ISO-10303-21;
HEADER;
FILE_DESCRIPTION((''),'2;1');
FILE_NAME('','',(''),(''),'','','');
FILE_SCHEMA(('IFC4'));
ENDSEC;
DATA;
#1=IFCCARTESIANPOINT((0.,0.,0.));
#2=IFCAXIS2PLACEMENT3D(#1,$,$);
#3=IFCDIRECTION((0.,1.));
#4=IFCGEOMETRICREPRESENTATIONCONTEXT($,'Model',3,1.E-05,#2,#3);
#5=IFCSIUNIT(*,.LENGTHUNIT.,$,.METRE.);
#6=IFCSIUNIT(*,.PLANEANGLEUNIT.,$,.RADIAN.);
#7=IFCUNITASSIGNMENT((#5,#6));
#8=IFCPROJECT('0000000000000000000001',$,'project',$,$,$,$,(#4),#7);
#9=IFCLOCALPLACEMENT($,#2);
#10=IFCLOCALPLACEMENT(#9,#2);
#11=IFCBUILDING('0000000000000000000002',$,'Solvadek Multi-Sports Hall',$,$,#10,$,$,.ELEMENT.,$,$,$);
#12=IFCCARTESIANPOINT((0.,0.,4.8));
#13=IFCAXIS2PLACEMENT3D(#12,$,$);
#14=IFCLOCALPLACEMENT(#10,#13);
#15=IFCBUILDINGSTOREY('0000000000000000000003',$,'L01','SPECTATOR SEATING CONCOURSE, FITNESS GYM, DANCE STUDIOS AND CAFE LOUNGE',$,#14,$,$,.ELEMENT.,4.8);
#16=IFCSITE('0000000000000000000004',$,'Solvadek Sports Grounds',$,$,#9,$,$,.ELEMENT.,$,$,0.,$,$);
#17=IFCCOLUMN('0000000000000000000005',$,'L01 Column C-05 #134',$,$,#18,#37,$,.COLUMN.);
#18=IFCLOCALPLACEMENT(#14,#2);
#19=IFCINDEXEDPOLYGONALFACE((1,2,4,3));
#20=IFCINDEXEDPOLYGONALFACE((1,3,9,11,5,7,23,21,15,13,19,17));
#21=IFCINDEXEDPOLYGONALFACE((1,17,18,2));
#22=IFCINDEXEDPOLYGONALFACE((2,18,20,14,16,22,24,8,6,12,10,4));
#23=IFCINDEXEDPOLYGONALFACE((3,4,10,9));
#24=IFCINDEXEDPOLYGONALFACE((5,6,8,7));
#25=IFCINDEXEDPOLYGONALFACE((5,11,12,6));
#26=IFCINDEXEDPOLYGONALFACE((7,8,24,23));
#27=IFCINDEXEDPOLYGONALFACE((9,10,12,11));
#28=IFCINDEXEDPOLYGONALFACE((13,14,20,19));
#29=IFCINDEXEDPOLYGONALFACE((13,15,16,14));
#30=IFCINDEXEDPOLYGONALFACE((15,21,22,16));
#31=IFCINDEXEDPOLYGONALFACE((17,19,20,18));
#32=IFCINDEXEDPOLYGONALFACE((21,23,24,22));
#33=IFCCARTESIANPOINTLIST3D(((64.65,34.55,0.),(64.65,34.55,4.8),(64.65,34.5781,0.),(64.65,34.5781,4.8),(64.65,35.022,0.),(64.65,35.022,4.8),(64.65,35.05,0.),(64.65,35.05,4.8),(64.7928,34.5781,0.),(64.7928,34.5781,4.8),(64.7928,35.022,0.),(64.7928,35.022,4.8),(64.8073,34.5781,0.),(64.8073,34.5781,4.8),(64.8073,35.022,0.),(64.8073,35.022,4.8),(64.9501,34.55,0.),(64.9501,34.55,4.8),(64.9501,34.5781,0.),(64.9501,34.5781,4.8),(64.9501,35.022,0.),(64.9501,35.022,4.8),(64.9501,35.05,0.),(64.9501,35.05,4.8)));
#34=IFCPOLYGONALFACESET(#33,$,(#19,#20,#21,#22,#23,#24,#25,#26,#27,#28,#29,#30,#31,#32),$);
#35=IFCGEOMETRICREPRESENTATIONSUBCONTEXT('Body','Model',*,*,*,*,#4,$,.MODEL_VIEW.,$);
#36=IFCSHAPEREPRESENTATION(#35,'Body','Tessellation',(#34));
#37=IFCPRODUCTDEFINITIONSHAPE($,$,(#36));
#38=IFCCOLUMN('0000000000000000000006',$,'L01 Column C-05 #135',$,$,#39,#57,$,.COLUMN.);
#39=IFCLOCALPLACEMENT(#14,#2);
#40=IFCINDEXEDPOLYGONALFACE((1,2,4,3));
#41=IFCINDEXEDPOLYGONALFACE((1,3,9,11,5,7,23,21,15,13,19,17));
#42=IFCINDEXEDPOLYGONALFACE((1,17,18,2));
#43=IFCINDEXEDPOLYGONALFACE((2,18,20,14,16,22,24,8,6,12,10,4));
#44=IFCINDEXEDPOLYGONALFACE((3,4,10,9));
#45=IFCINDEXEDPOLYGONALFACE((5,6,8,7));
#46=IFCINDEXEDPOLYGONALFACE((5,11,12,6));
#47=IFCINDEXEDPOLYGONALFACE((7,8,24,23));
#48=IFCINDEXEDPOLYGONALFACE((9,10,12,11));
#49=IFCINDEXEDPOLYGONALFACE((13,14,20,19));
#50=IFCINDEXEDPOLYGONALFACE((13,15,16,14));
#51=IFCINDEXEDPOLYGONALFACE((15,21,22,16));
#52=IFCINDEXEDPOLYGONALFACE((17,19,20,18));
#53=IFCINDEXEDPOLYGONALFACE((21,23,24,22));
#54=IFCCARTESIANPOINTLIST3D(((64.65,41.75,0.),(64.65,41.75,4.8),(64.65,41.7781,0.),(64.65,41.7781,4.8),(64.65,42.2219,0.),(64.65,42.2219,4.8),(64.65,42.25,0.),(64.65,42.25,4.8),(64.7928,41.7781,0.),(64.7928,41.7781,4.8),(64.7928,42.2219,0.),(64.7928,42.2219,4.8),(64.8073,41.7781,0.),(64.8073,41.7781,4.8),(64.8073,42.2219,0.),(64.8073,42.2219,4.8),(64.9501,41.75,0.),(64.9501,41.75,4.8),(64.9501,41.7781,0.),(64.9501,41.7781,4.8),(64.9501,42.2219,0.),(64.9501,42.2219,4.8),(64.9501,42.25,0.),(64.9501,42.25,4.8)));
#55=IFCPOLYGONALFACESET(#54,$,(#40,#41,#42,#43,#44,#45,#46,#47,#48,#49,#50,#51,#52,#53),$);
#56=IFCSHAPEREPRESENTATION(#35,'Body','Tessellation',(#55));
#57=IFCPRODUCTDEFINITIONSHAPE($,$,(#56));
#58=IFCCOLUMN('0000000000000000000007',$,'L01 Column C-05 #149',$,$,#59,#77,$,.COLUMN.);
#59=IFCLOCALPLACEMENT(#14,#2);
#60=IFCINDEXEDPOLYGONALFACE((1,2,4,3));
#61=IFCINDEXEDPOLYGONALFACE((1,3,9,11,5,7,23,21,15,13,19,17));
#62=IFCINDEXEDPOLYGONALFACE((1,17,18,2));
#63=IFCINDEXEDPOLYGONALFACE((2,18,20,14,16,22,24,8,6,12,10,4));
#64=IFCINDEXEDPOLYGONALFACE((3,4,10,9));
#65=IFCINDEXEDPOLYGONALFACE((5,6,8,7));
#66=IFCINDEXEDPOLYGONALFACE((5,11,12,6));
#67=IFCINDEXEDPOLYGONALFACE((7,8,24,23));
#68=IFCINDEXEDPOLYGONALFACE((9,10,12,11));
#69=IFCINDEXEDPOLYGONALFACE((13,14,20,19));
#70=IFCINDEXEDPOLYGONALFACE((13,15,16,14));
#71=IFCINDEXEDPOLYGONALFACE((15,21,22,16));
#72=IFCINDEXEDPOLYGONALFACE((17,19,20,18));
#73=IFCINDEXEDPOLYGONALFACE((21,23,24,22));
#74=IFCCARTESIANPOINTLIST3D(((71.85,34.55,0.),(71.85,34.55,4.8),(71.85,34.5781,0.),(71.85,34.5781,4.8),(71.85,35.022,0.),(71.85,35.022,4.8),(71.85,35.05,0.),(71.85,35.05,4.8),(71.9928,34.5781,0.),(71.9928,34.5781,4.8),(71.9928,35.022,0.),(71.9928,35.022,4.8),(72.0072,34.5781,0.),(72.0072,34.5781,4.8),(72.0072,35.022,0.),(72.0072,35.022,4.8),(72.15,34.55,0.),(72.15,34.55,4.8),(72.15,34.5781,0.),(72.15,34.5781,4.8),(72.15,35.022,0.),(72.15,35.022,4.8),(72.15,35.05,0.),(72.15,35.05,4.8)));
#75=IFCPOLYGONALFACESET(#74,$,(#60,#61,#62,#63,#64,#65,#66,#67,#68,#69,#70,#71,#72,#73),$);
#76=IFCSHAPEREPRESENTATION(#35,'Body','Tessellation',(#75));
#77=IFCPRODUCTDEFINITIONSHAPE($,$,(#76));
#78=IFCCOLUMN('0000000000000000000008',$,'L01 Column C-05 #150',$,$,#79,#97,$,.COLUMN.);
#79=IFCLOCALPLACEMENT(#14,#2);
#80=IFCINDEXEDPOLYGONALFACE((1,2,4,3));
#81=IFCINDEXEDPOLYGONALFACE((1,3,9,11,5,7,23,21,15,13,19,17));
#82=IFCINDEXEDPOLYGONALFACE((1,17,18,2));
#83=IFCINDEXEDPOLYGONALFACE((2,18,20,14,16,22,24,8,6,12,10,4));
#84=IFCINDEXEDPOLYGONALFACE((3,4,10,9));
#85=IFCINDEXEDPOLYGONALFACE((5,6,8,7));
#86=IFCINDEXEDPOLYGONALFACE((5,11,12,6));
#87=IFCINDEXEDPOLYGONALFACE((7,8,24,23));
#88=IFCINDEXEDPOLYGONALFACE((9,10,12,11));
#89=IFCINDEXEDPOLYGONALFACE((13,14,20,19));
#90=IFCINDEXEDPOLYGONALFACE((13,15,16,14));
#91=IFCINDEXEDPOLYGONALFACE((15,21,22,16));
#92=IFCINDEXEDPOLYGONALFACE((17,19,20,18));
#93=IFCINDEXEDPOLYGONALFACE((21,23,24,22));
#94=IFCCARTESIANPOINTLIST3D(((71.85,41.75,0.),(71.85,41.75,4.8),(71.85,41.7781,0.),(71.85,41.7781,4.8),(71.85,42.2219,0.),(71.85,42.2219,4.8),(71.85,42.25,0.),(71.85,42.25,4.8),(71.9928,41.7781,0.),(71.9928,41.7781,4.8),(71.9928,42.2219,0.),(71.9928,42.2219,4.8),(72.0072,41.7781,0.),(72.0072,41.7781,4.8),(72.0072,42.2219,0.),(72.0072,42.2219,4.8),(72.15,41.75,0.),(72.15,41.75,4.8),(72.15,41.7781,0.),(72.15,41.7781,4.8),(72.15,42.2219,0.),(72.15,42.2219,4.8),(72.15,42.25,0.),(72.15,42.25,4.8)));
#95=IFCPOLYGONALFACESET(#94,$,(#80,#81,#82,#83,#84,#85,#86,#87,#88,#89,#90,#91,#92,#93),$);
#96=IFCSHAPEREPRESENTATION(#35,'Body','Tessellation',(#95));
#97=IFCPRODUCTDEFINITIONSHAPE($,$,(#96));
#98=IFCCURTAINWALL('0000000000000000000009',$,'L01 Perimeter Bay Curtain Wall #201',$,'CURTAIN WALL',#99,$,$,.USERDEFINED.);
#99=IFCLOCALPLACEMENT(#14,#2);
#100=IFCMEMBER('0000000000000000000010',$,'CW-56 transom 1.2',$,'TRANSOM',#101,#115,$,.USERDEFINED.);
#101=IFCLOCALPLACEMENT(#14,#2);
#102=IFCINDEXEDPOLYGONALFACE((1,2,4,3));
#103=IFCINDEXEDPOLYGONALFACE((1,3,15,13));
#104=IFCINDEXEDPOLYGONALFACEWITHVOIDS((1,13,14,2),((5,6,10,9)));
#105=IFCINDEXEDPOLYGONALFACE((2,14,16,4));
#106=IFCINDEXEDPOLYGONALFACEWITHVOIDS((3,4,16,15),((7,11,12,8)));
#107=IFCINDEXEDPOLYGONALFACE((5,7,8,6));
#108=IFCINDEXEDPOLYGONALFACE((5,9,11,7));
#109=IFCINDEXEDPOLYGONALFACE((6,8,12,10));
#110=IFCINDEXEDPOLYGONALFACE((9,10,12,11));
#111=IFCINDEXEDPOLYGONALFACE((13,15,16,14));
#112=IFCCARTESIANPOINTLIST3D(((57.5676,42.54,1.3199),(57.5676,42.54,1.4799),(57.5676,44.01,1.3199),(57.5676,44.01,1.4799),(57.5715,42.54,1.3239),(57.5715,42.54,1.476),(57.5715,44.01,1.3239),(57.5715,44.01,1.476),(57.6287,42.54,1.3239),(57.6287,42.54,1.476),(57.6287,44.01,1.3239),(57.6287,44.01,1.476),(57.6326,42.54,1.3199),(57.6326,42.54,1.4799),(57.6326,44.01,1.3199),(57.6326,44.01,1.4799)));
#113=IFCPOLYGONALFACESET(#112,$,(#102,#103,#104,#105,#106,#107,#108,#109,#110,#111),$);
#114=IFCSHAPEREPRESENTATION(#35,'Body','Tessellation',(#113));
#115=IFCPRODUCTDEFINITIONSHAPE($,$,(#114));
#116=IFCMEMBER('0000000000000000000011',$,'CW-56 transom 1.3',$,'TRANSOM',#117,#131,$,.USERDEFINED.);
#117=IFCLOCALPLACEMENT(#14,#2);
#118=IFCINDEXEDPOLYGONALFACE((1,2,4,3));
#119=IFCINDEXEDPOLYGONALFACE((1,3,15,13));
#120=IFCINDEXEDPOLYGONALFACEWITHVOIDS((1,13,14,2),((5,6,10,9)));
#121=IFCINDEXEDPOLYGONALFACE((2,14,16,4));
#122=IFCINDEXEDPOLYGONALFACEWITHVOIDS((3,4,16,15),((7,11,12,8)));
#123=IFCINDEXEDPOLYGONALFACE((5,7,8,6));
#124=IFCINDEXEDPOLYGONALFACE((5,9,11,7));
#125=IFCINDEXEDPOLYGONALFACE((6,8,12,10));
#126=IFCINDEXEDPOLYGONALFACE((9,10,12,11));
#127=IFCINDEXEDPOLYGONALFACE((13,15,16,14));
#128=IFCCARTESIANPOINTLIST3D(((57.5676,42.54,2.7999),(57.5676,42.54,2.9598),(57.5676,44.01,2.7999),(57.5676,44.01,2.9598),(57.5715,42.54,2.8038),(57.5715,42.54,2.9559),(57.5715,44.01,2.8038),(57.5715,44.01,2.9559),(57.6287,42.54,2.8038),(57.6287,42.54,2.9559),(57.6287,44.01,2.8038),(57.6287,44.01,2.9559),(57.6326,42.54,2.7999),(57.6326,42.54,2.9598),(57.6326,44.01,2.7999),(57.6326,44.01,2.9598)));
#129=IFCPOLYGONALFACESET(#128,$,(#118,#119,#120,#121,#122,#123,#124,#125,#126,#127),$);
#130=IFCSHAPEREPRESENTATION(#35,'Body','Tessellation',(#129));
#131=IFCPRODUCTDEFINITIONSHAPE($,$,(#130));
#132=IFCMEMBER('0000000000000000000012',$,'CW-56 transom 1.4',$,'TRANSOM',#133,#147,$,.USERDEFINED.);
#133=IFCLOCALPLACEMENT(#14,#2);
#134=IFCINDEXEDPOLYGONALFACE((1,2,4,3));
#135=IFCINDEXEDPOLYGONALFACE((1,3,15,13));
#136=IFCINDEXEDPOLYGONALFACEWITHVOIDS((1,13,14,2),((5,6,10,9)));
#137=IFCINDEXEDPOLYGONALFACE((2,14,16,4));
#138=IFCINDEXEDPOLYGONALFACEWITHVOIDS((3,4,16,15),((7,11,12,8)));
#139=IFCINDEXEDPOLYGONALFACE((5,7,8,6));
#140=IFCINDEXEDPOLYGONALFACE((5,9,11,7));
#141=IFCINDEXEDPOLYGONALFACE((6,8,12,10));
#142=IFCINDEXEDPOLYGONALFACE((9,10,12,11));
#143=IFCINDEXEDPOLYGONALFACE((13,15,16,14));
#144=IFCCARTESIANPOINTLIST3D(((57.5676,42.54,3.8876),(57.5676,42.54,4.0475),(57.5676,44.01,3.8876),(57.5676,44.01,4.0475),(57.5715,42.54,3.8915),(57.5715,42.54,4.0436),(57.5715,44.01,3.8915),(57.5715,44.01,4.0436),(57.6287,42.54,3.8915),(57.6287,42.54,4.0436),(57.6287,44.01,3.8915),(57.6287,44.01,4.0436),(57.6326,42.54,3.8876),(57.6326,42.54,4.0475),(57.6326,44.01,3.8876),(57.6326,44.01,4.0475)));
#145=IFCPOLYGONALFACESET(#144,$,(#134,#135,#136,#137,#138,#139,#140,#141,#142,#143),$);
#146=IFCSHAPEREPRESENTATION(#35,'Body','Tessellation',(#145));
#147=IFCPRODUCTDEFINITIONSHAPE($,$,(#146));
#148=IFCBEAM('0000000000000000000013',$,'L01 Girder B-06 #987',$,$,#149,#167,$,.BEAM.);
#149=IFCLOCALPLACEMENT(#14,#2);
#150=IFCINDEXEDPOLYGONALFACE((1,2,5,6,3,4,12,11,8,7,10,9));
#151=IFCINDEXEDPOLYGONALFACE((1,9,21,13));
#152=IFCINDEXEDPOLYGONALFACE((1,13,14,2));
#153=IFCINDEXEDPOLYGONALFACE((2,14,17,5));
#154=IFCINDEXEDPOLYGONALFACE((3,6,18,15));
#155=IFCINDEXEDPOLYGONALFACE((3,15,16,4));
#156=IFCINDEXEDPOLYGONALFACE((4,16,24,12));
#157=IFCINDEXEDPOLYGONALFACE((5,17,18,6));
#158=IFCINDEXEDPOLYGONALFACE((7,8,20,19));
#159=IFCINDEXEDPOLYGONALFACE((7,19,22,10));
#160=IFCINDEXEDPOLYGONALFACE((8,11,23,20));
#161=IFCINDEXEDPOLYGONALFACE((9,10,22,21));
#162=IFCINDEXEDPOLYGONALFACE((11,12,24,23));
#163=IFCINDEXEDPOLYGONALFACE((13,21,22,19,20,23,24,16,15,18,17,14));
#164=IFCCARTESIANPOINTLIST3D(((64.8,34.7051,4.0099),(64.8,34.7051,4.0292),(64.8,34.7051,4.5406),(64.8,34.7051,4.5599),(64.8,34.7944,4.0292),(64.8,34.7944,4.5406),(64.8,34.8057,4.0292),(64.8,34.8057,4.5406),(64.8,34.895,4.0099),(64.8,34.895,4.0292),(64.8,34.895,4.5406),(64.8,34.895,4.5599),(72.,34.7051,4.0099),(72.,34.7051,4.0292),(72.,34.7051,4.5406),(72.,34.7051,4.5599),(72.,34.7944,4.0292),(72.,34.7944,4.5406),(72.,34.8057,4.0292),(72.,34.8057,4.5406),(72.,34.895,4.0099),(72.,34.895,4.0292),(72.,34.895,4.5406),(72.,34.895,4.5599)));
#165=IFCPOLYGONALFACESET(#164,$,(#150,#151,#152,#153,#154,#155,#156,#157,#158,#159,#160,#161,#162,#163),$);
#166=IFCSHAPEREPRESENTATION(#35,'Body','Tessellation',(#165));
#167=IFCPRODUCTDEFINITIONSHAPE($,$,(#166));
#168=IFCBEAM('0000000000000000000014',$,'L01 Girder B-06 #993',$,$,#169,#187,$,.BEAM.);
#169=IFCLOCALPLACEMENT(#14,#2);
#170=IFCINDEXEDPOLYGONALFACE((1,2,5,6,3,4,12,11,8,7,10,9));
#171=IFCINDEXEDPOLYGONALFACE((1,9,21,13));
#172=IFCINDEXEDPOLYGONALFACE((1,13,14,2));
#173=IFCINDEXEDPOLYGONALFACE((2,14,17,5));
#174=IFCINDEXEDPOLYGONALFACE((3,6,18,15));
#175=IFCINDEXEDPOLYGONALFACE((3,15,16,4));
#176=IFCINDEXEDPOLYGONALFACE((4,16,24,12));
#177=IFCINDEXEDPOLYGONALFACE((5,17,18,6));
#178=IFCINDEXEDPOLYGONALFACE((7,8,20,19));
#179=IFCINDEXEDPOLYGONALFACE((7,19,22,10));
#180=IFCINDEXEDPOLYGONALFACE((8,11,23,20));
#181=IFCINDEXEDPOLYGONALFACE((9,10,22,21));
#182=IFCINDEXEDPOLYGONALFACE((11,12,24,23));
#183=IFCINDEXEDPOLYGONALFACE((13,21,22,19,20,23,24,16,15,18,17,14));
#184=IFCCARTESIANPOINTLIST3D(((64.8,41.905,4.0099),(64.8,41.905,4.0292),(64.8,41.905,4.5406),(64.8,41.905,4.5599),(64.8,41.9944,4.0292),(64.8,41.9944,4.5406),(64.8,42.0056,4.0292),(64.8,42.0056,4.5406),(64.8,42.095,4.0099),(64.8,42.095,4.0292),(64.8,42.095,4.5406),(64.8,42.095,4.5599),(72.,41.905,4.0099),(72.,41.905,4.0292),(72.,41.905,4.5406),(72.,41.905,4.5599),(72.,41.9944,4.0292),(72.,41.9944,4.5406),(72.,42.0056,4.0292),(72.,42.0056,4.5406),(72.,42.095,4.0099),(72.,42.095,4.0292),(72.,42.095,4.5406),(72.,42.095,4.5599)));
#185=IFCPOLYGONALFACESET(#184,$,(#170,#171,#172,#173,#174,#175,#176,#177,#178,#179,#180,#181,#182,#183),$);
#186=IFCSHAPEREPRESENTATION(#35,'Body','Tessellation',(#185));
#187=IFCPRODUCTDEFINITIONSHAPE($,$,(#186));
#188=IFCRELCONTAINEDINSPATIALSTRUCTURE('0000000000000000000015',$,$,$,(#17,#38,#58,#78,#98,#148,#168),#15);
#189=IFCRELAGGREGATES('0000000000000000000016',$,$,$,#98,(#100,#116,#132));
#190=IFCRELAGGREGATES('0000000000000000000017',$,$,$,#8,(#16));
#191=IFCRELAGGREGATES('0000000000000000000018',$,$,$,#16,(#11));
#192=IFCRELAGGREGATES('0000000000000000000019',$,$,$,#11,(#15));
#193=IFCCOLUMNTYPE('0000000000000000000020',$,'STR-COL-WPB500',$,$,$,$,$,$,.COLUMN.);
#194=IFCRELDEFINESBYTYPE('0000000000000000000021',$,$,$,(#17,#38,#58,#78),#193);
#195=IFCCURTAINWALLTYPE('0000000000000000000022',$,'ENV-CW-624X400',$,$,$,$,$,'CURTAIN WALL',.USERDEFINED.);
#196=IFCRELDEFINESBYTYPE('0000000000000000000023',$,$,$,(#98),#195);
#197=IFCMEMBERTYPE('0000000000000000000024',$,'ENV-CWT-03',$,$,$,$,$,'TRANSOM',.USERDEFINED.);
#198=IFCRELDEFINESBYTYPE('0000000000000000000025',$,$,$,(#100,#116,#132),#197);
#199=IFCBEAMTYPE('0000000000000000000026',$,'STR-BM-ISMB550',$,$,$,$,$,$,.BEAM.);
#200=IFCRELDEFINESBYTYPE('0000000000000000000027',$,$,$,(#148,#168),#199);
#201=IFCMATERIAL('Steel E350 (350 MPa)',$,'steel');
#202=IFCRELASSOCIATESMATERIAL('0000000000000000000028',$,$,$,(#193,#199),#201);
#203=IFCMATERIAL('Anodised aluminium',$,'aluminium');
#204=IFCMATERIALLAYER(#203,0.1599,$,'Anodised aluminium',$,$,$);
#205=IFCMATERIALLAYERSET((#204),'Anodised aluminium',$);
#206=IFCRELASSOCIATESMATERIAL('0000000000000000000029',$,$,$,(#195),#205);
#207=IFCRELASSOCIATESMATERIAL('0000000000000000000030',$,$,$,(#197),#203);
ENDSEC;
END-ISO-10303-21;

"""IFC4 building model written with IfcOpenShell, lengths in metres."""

from ifc_helpers import new_model, si_unit, direction, frame, origin, origin_2d, place, context, subcontext, project, spatial, hollow_rectangle, i_section, extrude, material, layer, layer_set, material_profile, profile_set, type_object, element, aggregate, save


model = new_model("IFC4")

# Units and contexts
model_context = context("Model", 3, precision=1e-05, world=origin(), true_north=direction((0.0, 1.0)))
body_context = subcontext(model_context, "Body", "Model", "MODEL_VIEW")
ifc_project = project(units=[si_unit("LENGTHUNIT", "METRE"), si_unit("PLANEANGLEUNIT", "RADIAN")], contexts=[model_context])

# Site, building, storey
site_placement = place(None, origin())
site = spatial("IfcSite", under=ifc_project, at=site_placement, Name="Solvadek Sports Grounds", CompositionType="ELEMENT", RefElevation=0.0)
building_placement = place(site_placement, origin())
building = spatial("IfcBuilding", under=site, at=building_placement, Name="Solvadek Multi-Sports Hall", CompositionType="ELEMENT")
storey_placement = place(building_placement, frame((0.0, 0.0, 4.8)))
storey = spatial("IfcBuildingStorey", under=building, at=storey_placement, Name="L01", Description="SPECTATOR SEATING CONCOURSE, FITNESS GYM, DANCE STUDIOS AND CAFE LOUNGE", CompositionType="ELEMENT", Elevation=4.8)

# Columns
ifc_material_1 = material(Name="Steel E350 (350 MPa)", Category="steel")
ifc_material_profile_1 = material_profile(ifc_material_1, i_section(OverallWidth=0.3, OverallDepth=0.5, WebThickness=0.0144, FlangeThickness=0.0281, at=origin_2d()), Name="WPB 500")
ifc_profile_set_1 = profile_set([ifc_material_profile_1], Name="Steel E350 (350 MPa)")
column_type = type_object("IfcColumnType", Name="STR-COL-WPB500", PredefinedType="COLUMN", material=ifc_profile_set_1)
for number, where, z_axis, x_axis, name in (
    (1, (64.8, 34.8, 0.0), (0.0, 0.0, 1.0), (1.0, 0.0, 0.0), "L01 Column C-05 #134"),
    (2, (64.8, 42.0, 0.0), (0.0, 0.0, 1.0), (1.0, 0.0, 0.0), "L01 Column C-05 #135"),
    (3, (72.0, 34.8, 0.0), (0.0, 0.0, 1.0), (1.0, 0.0, 0.0), "L01 Column C-05 #149"),
    (4, (72.0, 42.0, 0.0), (0.0, 0.0, 1.0), (1.0, 0.0, 0.0), "L01 Column C-05 #150"),
):
    element("IfcColumn", number, at=place(storey_placement, frame(where, z_axis=z_axis, x_axis=x_axis)), inside=storey, type_object=column_type, Name=name, PredefinedType="COLUMN", context=body_context, shape_type="SweptSolid", body=[
        extrude(i_section(OverallWidth=0.3, OverallDepth=0.5, WebThickness=0.0144, FlangeThickness=0.0281, at=origin_2d()), origin(), (0.0, 0.0, 1.0), 4.8),
    ])

# Curtain wall, members
ifc_material_2 = material(Name="Anodised aluminium", Category="aluminium")
ifc_layer_1 = layer(ifc_material_2, 0.1599, Name="Anodised aluminium")
ifc_layer_set_1 = layer_set([ifc_layer_1], Name="Anodised aluminium")
curtain_wall_type = type_object("IfcCurtainWallType", Name="ENV-CW-624X400", ElementType="CURTAIN WALL", PredefinedType="USERDEFINED", material=ifc_layer_set_1)
curtain_wall_placement = place(storey_placement, origin())
curtain_wall = element("IfcCurtainWall", 5, at=curtain_wall_placement, inside=storey, type_object=curtain_wall_type, Name="L01 Perimeter Bay Curtain Wall #201", ObjectType="CURTAIN WALL", PredefinedType="USERDEFINED")
ifc_material_profile_2 = material_profile(ifc_material_2, hollow_rectangle(XDim=0.0649, YDim=0.1599, WallThickness=0.0039, at=origin_2d()), Name="ALU-T 160x65x4")
ifc_profile_set_2 = profile_set([ifc_material_profile_2], Name="Anodised aluminium")
member_type = type_object("IfcMemberType", Name="ENV-CWT-03", ElementType="TRANSOM", PredefinedType="USERDEFINED", material=ifc_profile_set_2)
member_1_placement = place(storey_placement, frame((57.6001, 42.54, 1.3999), z_axis=(0.0, 1.0, 0.0), x_axis=(-1.0, 0.0, 0.0)))
member_1 = element("IfcMember", 6, at=member_1_placement, type_object=member_type, Name="CW-56 transom 1.2", ObjectType="TRANSOM", PredefinedType="USERDEFINED", context=body_context, shape_type="SweptSolid", body=[
    extrude(hollow_rectangle(XDim=0.0649, YDim=0.1599, WallThickness=0.0039, at=origin_2d()), origin(), (0.0, 0.0, 1.0), 1.47),
])
member_2_placement = place(storey_placement, frame((57.6001, 42.54, 2.8799), z_axis=(0.0, 1.0, 0.0), x_axis=(-1.0, 0.0, 0.0)))
member_2 = element("IfcMember", 7, at=member_2_placement, type_object=member_type, Name="CW-56 transom 1.3", ObjectType="TRANSOM", PredefinedType="USERDEFINED", context=body_context, shape_type="SweptSolid", body=[
    extrude(hollow_rectangle(XDim=0.0649, YDim=0.1599, WallThickness=0.0039, at=origin_2d()), origin(), (0.0, 0.0, 1.0), 1.47),
])
member_3_placement = place(storey_placement, frame((57.6001, 42.54, 3.9675), z_axis=(0.0, 1.0, 0.0), x_axis=(-1.0, 0.0, 0.0)))
member_3 = element("IfcMember", 8, at=member_3_placement, type_object=member_type, Name="CW-56 transom 1.4", ObjectType="TRANSOM", PredefinedType="USERDEFINED", context=body_context, shape_type="SweptSolid", body=[
    extrude(hollow_rectangle(XDim=0.0649, YDim=0.1599, WallThickness=0.0039, at=origin_2d()), origin(), (0.0, 0.0, 1.0), 1.47),
])
aggregate(curtain_wall, [member_1, member_2, member_3])

# Beams
ifc_material_profile_3 = material_profile(ifc_material_1, i_section(OverallWidth=0.1899, OverallDepth=0.55, WebThickness=0.0112, FlangeThickness=0.0193, at=origin_2d()), Name="ISMB 550")
ifc_profile_set_3 = profile_set([ifc_material_profile_3], Name="Steel E350 (350 MPa)")
beam_type_1 = type_object("IfcBeamType", Name="STR-BM-ISMB550", PredefinedType="BEAM", material=ifc_profile_set_3)
for number, where, z_axis, x_axis, name in (
    (9, (64.8, 34.8, 4.2849), (1.0, 0.0, 0.0), (0.0, 1.0, 0.0), "L01 Girder B-06 #987"),
    (10, (64.8, 42.0, 4.2849), (1.0, 0.0, 0.0), (0.0, 1.0, 0.0), "L01 Girder B-06 #993"),
):
    element("IfcBeam", number, at=place(storey_placement, frame(where, z_axis=z_axis, x_axis=x_axis)), inside=storey, type_object=beam_type_1, Name=name, PredefinedType="BEAM", context=body_context, shape_type="SweptSolid", body=[
        extrude(i_section(OverallWidth=0.1899, OverallDepth=0.55, WebThickness=0.0112, FlangeThickness=0.0193, at=origin_2d()), origin(), (0.0, 0.0, 1.0), 7.2),
    ])

save(model, "model.ifc")
